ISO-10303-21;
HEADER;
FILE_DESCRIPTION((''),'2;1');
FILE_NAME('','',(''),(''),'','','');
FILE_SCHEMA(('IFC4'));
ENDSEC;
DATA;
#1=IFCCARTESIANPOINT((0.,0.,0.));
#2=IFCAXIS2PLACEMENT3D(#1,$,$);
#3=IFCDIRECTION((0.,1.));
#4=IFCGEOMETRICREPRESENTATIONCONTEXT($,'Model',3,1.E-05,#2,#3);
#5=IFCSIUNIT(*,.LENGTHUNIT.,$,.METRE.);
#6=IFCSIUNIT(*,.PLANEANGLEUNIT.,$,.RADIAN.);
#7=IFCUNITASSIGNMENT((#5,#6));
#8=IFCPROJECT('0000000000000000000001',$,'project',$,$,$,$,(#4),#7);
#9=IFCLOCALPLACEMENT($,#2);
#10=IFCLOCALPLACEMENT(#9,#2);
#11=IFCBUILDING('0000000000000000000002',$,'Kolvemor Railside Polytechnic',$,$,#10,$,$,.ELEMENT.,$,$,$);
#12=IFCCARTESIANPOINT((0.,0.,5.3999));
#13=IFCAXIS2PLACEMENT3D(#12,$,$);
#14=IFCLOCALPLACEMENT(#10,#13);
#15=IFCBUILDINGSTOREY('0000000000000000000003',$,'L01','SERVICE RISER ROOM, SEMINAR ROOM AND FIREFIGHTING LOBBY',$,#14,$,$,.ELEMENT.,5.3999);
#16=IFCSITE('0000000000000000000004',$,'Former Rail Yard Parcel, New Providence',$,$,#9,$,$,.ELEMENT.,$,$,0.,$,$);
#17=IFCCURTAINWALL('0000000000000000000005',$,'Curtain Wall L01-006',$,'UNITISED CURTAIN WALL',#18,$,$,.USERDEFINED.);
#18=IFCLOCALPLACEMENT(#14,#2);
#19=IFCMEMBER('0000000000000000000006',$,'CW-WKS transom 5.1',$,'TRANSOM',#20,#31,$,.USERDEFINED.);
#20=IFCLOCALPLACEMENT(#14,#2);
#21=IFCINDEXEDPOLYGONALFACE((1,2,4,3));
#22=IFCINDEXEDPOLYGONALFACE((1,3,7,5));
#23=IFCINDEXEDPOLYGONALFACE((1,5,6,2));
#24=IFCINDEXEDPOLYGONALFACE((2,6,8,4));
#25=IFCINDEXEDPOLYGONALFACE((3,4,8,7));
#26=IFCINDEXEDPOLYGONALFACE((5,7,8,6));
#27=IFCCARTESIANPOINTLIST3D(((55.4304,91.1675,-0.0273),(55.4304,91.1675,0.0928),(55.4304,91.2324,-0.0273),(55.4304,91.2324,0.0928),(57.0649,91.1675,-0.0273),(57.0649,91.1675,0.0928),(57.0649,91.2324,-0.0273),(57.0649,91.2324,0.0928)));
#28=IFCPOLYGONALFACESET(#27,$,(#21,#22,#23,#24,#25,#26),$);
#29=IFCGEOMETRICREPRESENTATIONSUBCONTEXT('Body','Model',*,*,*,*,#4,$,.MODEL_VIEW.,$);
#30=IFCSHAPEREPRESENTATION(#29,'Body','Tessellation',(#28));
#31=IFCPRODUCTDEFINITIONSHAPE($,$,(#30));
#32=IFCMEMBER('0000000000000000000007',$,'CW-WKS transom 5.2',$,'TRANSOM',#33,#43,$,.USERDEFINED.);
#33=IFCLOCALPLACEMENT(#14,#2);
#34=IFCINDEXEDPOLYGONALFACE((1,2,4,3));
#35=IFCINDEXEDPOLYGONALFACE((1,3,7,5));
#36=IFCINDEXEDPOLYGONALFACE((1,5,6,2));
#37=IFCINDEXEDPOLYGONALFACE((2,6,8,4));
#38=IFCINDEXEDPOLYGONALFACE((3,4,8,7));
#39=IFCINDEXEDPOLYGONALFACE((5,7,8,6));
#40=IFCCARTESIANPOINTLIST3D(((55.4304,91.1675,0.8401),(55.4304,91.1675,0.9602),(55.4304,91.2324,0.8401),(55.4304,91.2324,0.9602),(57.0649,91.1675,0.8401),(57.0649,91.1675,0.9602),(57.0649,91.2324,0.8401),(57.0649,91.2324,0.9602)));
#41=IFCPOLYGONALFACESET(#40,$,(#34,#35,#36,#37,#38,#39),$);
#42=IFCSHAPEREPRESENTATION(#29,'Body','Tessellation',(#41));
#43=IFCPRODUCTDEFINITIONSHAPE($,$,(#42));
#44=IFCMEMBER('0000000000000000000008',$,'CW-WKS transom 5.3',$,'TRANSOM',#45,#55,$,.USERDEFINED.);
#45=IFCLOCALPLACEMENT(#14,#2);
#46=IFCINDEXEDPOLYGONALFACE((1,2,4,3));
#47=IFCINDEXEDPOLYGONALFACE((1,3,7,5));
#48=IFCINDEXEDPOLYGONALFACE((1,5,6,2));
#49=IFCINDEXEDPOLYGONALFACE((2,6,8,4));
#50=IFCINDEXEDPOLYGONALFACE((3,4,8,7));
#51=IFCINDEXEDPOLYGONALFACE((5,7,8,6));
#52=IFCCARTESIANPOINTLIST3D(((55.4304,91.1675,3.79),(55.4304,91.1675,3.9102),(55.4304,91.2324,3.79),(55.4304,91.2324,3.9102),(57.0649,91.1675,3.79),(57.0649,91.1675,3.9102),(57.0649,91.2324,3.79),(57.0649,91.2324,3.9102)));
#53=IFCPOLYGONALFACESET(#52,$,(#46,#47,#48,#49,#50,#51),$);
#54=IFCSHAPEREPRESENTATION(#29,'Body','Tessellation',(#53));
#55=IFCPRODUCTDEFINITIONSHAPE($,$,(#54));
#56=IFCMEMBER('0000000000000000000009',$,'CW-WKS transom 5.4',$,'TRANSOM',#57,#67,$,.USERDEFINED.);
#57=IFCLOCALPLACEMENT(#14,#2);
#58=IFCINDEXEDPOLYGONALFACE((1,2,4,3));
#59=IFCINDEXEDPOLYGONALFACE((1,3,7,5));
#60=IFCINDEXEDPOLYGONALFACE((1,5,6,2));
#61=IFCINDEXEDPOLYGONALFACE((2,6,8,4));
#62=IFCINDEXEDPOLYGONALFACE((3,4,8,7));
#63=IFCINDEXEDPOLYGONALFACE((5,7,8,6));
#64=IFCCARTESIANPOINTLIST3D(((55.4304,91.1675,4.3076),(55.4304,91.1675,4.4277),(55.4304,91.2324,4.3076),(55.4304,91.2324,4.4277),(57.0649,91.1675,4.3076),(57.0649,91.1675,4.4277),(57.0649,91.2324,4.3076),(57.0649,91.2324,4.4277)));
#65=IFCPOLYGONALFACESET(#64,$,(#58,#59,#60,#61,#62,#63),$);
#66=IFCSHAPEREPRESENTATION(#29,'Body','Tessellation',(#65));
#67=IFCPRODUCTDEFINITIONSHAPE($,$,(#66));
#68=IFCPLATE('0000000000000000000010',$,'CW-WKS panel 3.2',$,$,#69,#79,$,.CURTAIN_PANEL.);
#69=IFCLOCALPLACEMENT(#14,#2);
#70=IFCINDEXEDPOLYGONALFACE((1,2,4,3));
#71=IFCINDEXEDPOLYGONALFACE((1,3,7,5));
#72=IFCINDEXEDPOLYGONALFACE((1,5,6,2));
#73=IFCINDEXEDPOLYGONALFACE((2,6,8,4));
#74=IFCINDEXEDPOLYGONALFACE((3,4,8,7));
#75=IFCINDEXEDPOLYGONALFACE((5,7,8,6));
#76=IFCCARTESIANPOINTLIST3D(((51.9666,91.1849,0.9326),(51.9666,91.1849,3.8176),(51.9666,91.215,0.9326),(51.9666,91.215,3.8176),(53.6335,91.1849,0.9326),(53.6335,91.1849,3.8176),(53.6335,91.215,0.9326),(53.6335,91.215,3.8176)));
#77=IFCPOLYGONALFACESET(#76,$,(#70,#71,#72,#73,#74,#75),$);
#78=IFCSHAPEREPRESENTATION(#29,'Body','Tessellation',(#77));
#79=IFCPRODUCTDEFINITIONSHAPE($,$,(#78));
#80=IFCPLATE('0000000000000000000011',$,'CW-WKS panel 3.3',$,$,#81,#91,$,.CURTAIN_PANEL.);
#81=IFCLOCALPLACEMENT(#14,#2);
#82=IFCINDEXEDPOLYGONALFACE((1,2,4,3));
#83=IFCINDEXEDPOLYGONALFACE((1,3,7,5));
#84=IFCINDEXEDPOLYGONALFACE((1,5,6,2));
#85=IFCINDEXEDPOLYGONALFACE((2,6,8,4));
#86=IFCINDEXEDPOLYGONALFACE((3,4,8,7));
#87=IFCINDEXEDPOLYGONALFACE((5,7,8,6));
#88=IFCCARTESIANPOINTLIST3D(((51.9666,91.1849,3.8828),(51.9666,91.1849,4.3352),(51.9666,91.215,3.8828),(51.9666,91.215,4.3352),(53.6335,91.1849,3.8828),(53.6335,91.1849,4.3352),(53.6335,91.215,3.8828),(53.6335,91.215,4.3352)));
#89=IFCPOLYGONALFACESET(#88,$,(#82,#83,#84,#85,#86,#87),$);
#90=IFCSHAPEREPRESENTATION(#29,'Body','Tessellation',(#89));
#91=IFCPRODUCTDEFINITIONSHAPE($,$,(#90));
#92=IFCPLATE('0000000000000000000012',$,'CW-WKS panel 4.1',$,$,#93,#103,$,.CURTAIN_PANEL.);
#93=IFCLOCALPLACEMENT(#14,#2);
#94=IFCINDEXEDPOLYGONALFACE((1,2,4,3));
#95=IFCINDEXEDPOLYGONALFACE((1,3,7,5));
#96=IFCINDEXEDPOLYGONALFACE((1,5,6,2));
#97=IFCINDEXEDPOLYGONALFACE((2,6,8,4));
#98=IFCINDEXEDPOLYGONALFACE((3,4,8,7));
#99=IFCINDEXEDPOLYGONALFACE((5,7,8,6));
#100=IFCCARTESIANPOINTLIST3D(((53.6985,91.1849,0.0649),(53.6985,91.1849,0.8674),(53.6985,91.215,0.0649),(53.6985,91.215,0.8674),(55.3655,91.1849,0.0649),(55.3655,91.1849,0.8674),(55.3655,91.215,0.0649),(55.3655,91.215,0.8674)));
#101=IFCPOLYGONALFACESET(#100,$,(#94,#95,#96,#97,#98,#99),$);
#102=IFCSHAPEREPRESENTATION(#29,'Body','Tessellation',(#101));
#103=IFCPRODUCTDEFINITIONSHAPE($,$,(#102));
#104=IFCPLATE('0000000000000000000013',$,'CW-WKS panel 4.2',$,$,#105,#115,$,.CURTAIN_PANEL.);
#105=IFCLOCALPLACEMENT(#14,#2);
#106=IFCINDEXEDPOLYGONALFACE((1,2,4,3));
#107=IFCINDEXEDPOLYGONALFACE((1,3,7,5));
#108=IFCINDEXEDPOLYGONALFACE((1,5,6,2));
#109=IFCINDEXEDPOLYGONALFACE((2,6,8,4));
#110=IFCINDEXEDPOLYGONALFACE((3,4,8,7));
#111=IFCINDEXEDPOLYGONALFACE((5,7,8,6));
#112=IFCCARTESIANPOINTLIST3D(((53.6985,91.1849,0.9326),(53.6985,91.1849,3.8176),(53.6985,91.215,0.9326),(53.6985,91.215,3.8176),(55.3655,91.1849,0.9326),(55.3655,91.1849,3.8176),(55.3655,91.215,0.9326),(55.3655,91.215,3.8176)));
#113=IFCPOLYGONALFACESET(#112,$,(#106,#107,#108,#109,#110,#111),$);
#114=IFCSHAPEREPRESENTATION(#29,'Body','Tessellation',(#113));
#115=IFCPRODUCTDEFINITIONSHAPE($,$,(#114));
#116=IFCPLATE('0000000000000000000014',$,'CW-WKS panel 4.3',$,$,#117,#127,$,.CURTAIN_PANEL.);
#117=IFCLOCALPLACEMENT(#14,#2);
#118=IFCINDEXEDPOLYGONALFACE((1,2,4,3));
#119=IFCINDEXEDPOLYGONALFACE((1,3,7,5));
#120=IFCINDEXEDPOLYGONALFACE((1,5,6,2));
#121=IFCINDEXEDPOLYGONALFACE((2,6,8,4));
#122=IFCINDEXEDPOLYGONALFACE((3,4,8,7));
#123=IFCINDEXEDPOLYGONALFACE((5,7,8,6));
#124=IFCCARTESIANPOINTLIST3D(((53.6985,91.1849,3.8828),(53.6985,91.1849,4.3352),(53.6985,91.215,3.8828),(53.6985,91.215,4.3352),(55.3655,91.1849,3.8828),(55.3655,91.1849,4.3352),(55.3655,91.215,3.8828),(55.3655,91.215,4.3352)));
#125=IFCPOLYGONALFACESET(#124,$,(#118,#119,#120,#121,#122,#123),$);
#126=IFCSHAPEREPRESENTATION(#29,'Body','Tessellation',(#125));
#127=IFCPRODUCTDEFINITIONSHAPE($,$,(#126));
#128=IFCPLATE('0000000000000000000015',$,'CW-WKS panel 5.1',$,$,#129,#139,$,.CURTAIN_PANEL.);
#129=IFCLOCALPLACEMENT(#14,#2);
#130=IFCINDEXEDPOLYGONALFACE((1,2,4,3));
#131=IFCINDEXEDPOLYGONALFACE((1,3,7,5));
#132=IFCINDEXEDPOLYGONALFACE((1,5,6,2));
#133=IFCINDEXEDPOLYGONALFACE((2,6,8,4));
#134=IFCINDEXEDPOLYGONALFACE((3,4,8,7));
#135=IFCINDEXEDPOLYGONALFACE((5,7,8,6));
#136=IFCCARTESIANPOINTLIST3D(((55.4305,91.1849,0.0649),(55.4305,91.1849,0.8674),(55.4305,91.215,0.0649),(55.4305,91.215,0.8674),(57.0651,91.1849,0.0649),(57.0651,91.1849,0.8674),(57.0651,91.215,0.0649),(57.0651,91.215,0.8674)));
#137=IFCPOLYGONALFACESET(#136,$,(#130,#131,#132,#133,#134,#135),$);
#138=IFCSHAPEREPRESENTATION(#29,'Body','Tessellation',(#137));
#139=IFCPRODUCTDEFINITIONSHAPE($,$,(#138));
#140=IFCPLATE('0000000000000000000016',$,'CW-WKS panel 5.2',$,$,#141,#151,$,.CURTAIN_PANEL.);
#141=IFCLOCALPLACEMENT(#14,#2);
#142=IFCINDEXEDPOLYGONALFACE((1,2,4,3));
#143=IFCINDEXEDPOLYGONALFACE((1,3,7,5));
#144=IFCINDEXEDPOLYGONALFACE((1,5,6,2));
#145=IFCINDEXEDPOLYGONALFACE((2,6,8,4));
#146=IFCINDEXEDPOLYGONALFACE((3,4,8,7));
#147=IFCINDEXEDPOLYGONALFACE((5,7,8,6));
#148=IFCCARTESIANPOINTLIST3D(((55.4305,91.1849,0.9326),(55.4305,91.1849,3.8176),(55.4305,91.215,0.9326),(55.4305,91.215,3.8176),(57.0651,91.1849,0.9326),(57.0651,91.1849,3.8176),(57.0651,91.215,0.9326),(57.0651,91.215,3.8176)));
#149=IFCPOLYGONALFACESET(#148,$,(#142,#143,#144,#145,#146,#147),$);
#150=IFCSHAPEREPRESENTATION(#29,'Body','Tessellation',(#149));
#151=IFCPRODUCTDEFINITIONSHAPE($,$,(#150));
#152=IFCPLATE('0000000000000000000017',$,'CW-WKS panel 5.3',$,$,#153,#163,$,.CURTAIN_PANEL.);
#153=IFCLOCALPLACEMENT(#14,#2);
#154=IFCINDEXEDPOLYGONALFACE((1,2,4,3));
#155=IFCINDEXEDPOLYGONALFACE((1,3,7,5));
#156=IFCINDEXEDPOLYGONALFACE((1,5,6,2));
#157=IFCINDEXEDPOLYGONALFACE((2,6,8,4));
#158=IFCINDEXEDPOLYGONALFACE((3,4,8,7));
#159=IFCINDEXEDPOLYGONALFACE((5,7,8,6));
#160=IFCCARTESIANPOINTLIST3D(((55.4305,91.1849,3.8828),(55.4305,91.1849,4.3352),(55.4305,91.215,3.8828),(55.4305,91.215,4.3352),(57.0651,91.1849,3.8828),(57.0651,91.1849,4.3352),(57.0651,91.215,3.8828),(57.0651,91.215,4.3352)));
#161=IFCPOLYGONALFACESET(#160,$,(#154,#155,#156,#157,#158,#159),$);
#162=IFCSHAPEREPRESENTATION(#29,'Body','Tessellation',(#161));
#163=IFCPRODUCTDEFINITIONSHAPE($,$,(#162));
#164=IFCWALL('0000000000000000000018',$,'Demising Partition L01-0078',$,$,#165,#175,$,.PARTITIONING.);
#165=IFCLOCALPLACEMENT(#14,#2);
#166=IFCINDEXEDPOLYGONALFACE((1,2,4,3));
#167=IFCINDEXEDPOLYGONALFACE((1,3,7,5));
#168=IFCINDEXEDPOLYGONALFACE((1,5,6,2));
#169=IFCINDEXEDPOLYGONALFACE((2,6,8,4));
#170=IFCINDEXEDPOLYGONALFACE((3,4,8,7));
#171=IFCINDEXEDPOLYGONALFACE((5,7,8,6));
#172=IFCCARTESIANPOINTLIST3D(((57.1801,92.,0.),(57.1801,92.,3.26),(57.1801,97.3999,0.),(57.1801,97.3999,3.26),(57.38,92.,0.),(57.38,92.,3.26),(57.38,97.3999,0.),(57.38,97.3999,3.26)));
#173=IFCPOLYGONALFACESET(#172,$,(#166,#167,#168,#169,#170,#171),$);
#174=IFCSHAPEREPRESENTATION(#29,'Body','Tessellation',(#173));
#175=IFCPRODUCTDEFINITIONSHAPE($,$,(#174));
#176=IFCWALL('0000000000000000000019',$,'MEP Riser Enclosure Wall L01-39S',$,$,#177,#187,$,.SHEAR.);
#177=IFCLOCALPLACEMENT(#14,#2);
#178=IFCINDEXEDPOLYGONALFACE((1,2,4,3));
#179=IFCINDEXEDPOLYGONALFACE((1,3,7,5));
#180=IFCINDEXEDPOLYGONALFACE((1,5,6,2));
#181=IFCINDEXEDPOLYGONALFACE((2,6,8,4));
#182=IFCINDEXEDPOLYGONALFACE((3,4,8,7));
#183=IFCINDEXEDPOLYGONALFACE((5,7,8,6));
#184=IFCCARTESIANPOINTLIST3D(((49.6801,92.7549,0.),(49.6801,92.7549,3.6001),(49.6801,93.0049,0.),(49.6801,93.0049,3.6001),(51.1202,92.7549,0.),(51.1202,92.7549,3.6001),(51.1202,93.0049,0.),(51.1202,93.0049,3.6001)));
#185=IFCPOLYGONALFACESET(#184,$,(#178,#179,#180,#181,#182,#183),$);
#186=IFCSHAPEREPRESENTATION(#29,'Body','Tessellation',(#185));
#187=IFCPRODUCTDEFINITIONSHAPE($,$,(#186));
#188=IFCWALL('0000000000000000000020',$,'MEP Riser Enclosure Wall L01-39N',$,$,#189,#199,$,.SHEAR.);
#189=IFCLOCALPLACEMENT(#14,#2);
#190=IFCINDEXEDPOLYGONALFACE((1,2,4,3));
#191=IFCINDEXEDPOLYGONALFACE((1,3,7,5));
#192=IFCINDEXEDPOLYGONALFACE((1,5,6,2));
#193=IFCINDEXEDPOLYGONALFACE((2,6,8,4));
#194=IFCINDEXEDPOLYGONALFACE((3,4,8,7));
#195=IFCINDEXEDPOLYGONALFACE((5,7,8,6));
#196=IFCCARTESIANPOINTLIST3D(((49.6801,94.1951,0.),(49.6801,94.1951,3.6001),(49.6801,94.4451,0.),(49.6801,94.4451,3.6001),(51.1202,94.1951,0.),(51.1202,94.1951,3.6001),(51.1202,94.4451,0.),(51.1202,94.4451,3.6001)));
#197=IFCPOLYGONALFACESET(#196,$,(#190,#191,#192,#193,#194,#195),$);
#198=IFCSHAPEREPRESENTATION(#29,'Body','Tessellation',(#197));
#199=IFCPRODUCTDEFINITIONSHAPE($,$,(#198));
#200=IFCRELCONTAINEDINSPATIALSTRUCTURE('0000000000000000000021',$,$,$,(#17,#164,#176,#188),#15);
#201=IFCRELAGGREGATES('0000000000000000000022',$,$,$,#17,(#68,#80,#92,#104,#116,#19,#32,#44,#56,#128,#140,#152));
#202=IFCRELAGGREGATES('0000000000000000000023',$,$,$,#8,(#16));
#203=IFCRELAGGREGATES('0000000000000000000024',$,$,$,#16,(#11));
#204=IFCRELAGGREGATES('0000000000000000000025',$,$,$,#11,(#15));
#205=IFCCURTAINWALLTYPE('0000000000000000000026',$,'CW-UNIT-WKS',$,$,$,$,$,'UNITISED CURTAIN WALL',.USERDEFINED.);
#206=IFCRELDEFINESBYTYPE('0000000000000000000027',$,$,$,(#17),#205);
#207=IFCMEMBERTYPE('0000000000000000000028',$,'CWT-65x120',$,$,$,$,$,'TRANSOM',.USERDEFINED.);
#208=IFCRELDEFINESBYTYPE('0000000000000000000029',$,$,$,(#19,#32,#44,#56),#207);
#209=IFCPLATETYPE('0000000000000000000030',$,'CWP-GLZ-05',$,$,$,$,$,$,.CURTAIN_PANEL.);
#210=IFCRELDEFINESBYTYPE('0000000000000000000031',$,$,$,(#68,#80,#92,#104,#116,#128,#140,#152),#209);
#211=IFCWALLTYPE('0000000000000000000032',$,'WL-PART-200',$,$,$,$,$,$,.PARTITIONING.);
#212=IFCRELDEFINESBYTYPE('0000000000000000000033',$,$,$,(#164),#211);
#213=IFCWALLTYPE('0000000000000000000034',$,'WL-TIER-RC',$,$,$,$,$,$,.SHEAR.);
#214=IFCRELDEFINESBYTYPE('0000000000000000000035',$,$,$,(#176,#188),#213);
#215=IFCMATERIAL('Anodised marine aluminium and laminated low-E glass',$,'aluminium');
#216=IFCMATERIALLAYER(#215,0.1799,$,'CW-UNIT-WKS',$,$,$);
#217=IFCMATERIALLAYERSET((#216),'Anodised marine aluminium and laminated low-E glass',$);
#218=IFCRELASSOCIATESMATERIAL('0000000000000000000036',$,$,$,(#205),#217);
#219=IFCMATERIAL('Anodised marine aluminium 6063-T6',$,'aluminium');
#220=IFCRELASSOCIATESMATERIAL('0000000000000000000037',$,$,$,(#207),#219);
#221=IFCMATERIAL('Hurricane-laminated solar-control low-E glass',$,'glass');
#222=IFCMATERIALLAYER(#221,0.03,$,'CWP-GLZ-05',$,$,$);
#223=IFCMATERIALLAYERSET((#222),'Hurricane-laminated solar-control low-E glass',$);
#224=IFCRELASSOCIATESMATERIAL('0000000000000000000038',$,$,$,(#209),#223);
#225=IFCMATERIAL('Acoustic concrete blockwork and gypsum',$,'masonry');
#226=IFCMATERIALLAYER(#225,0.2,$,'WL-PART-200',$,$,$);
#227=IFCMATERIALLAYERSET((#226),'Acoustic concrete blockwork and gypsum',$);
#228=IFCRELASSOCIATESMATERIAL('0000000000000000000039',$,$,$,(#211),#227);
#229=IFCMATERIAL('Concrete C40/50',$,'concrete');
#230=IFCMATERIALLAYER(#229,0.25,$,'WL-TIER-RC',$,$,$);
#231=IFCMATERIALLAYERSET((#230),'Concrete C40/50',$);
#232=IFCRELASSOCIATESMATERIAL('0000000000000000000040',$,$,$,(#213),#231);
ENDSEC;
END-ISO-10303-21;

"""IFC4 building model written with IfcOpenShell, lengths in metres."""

from ifc_helpers import new_model, si_unit, direction, frame, frame_2d, origin, origin_2d, place, context, subcontext, project, spatial, rectangle, extrude, material, layer, layer_set, material_profile, profile_set, type_object, element, aggregate, save


model = new_model("IFC4")

# Units and contexts
model_context = context("Model", 3, precision=1e-05, world=origin(), true_north=direction((0.0, 1.0)))
body_context = subcontext(model_context, "Body", "Model", "MODEL_VIEW")
ifc_project = project(units=[si_unit("LENGTHUNIT", "METRE"), si_unit("PLANEANGLEUNIT", "RADIAN")], contexts=[model_context])

# Site, building, storey
site_placement = place(None, origin())
site = spatial("IfcSite", under=ifc_project, at=site_placement, Name="Former Rail Yard Parcel, New Providence", CompositionType="ELEMENT", RefElevation=0.0)
building_placement = place(site_placement, origin())
building = spatial("IfcBuilding", under=site, at=building_placement, Name="Kolvemor Railside Polytechnic", CompositionType="ELEMENT")
storey_placement = place(building_placement, frame((0.0, 0.0, 5.3999)))
storey = spatial("IfcBuildingStorey", under=building, at=storey_placement, Name="L01", Description="SERVICE RISER ROOM, SEMINAR ROOM AND FIREFIGHTING LOBBY", CompositionType="ELEMENT", Elevation=5.3999)

# Curtain wall
ifc_material_1 = material(Name="Anodised marine aluminium and laminated low-E glass", Category="aluminium")
ifc_layer_1 = layer(ifc_material_1, 0.1799, Name="CW-UNIT-WKS")
ifc_layer_set_1 = layer_set([ifc_layer_1], Name="Anodised marine aluminium and laminated low-E glass")
curtain_wall_type = type_object("IfcCurtainWallType", Name="CW-UNIT-WKS", ElementType="UNITISED CURTAIN WALL", PredefinedType="USERDEFINED", material=ifc_layer_set_1)
curtain_wall_1_placement = place(storey_placement, origin())
curtain_wall_1 = element("IfcCurtainWall", 1, at=curtain_wall_1_placement, inside=storey, type_object=curtain_wall_type, Name="Curtain Wall L01-006", ObjectType="UNITISED CURTAIN WALL", PredefinedType="USERDEFINED")

# Members
ifc_material_2 = material(Name="Anodised marine aluminium 6063-T6", Category="aluminium")
ifc_material_profile_1 = material_profile(ifc_material_2, rectangle(XDim=0.0649, YDim=0.1201, at=origin_2d()), Name="CW-TRN-65x120")
ifc_profile_set_1 = profile_set([ifc_material_profile_1], Name="Anodised marine aluminium 6063-T6")
member_type_1 = type_object("IfcMemberType", Name="CWT-65x120", ElementType="TRANSOM", PredefinedType="USERDEFINED", material=ifc_profile_set_1)
member_1_placement = place(storey_placement, frame((55.4304, 91.2, 0.0327), z_axis=(1.0, 0.0, 0.0), x_axis=(0.0, 1.0, 0.0)))
member_1 = element("IfcMember", 2, at=member_1_placement, type_object=member_type_1, Name="CW-WKS transom 5.1", ObjectType="TRANSOM", PredefinedType="USERDEFINED", context=body_context, shape_type="SweptSolid", body=[
    extrude(rectangle(XDim=0.0649, YDim=0.1201, at=origin_2d()), origin(), (0.0, 0.0, 1.0), 1.6345),
])
member_2_placement = place(storey_placement, frame((55.4304, 91.2, 0.9001), z_axis=(1.0, 0.0, 0.0), x_axis=(0.0, 1.0, 0.0)))
member_2 = element("IfcMember", 3, at=member_2_placement, type_object=member_type_1, Name="CW-WKS transom 5.2", ObjectType="TRANSOM", PredefinedType="USERDEFINED", context=body_context, shape_type="SweptSolid", body=[
    extrude(rectangle(XDim=0.0649, YDim=0.1201, at=origin_2d()), origin(), (0.0, 0.0, 1.0), 1.6345),
])
member_3_placement = place(storey_placement, frame((55.4304, 91.2, 3.8501), z_axis=(1.0, 0.0, 0.0), x_axis=(0.0, 1.0, 0.0)))
member_3 = element("IfcMember", 4, at=member_3_placement, type_object=member_type_1, Name="CW-WKS transom 5.3", ObjectType="TRANSOM", PredefinedType="USERDEFINED", context=body_context, shape_type="SweptSolid", body=[
    extrude(rectangle(XDim=0.0649, YDim=0.1201, at=origin_2d()), origin(), (0.0, 0.0, 1.0), 1.6345),
])
member_4_placement = place(storey_placement, frame((55.4304, 91.2, 4.3677), z_axis=(1.0, 0.0, 0.0), x_axis=(0.0, 1.0, 0.0)))
member_4 = element("IfcMember", 5, at=member_4_placement, type_object=member_type_1, Name="CW-WKS transom 5.4", ObjectType="TRANSOM", PredefinedType="USERDEFINED", context=body_context, shape_type="SweptSolid", body=[
    extrude(rectangle(XDim=0.0649, YDim=0.1201, at=origin_2d()), origin(), (0.0, 0.0, 1.0), 1.6345),
])

# Plates
ifc_material_3 = material(Name="Hurricane-laminated solar-control low-E glass", Category="glass")
ifc_layer_2 = layer(ifc_material_3, 0.03, Name="CWP-GLZ-05")
ifc_layer_set_2 = layer_set([ifc_layer_2], Name="Hurricane-laminated solar-control low-E glass")
plate_type = type_object("IfcPlateType", Name="CWP-GLZ-05", PredefinedType="CURTAIN_PANEL", material=ifc_layer_set_2)
plate_1_placement = place(storey_placement, frame((52.8, 91.2, 0.9326), z_axis=(0.0, 0.0, 1.0), x_axis=(1.0, 0.0, 0.0)))
plate_1 = element("IfcPlate", 6, at=plate_1_placement, type_object=plate_type, Name="CW-WKS panel 3.2", PredefinedType="CURTAIN_PANEL", context=body_context, shape_type="SweptSolid", body=[
    extrude(rectangle(XDim=1.667, YDim=0.03, at=origin_2d()), origin(), (0.0, 0.0, 1.0), 2.885),
])
plate_2_placement = place(storey_placement, frame((52.8, 91.2, 3.8828), z_axis=(0.0, 0.0, 1.0), x_axis=(1.0, 0.0, 0.0)))
plate_2 = element("IfcPlate", 7, at=plate_2_placement, type_object=plate_type, Name="CW-WKS panel 3.3", PredefinedType="CURTAIN_PANEL", context=body_context, shape_type="SweptSolid", body=[
    extrude(rectangle(XDim=1.667, YDim=0.03, at=origin_2d()), origin(), (0.0, 0.0, 1.0), 0.4524),
])
plate_3_placement = place(storey_placement, frame((54.532, 91.2, 0.0649), z_axis=(0.0, 0.0, 1.0), x_axis=(1.0, 0.0, 0.0)))
plate_3 = element("IfcPlate", 8, at=plate_3_placement, type_object=plate_type, Name="CW-WKS panel 4.1", PredefinedType="CURTAIN_PANEL", context=body_context, shape_type="SweptSolid", body=[
    extrude(rectangle(XDim=1.667, YDim=0.03, at=origin_2d()), origin(), (0.0, 0.0, 1.0), 0.8025),
])
plate_4_placement = place(storey_placement, frame((54.532, 91.2, 0.9326), z_axis=(0.0, 0.0, 1.0), x_axis=(1.0, 0.0, 0.0)))
plate_4 = element("IfcPlate", 9, at=plate_4_placement, type_object=plate_type, Name="CW-WKS panel 4.2", PredefinedType="CURTAIN_PANEL", context=body_context, shape_type="SweptSolid", body=[
    extrude(rectangle(XDim=1.667, YDim=0.03, at=origin_2d()), origin(), (0.0, 0.0, 1.0), 2.885),
])
plate_5_placement = place(storey_placement, frame((54.532, 91.2, 3.8828), z_axis=(0.0, 0.0, 1.0), x_axis=(1.0, 0.0, 0.0)))
plate_5 = element("IfcPlate", 10, at=plate_5_placement, type_object=plate_type, Name="CW-WKS panel 4.3", PredefinedType="CURTAIN_PANEL", context=body_context, shape_type="SweptSolid", body=[
    extrude(rectangle(XDim=1.667, YDim=0.03, at=origin_2d()), origin(), (0.0, 0.0, 1.0), 0.4524),
])
plate_6_placement = place(storey_placement, frame((56.2478, 91.2, 0.0649), z_axis=(0.0, 0.0, 1.0), x_axis=(1.0, 0.0, 0.0)))
plate_6 = element("IfcPlate", 11, at=plate_6_placement, type_object=plate_type, Name="CW-WKS panel 5.1", PredefinedType="CURTAIN_PANEL", context=body_context, shape_type="SweptSolid", body=[
    extrude(rectangle(XDim=1.6345, YDim=0.03, at=origin_2d()), origin(), (0.0, 0.0, 1.0), 0.8025),
])
plate_7_placement = place(storey_placement, frame((56.2478, 91.2, 0.9326), z_axis=(0.0, 0.0, 1.0), x_axis=(1.0, 0.0, 0.0)))
plate_7 = element("IfcPlate", 12, at=plate_7_placement, type_object=plate_type, Name="CW-WKS panel 5.2", PredefinedType="CURTAIN_PANEL", context=body_context, shape_type="SweptSolid", body=[
    extrude(rectangle(XDim=1.6345, YDim=0.03, at=origin_2d()), origin(), (0.0, 0.0, 1.0), 2.885),
])
plate_8_placement = place(storey_placement, frame((56.2478, 91.2, 3.8828), z_axis=(0.0, 0.0, 1.0), x_axis=(1.0, 0.0, 0.0)))
plate_8 = element("IfcPlate", 13, at=plate_8_placement, type_object=plate_type, Name="CW-WKS panel 5.3", PredefinedType="CURTAIN_PANEL", context=body_context, shape_type="SweptSolid", body=[
    extrude(rectangle(XDim=1.6345, YDim=0.03, at=origin_2d()), origin(), (0.0, 0.0, 1.0), 0.4524),
])
aggregate(curtain_wall_1, [plate_1, plate_2, plate_3, plate_4, plate_5, member_1, member_2, member_3, member_4, plate_6, plate_7, plate_8])

# Walls
ifc_material_4 = material(Name="Acoustic concrete blockwork and gypsum", Category="masonry")
ifc_layer_3 = layer(ifc_material_4, 0.2, Name="WL-PART-200")
ifc_layer_set_3 = layer_set([ifc_layer_3], Name="Acoustic concrete blockwork and gypsum")
wall_type_1 = type_object("IfcWallType", Name="WL-PART-200", PredefinedType="PARTITIONING", material=ifc_layer_set_3)
wall_placement = place(storey_placement, frame((57.28, 92.0, 0.0), z_axis=(0.0, 0.0, 1.0), x_axis=(0.0, 1.0, 0.0)))
element("IfcWall", 14, at=wall_placement, inside=storey, type_object=wall_type_1, Name="Demising Partition L01-0078", PredefinedType="PARTITIONING", context=body_context, shape_type="SweptSolid", body=[
    extrude(rectangle(XDim=5.3999, YDim=0.2, at=frame_2d((2.7, 0.0))), origin(), (0.0, 0.0, 1.0), 3.26),
])
ifc_material_5 = material(Name="Concrete C40/50", Category="concrete")
ifc_layer_4 = layer(ifc_material_5, 0.25, Name="WL-TIER-RC")
ifc_layer_set_4 = layer_set([ifc_layer_4], Name="Concrete C40/50")
wall_type_2 = type_object("IfcWallType", Name="WL-TIER-RC", PredefinedType="SHEAR", material=ifc_layer_set_4)
for number, where, z_axis, x_axis, name in (
    (15, (49.6799, 92.8799, 0.0), (0.0, 0.0, 1.0), (1.0, 0.0, 0.0), "MEP Riser Enclosure Wall L01-39S"),
    (16, (49.6799, 94.3201, 0.0), (0.0, 0.0, 1.0), (1.0, 0.0, 0.0), "MEP Riser Enclosure Wall L01-39N"),
):
    element("IfcWall", number, at=place(storey_placement, frame(where, z_axis=z_axis, x_axis=x_axis)), inside=storey, type_object=wall_type_2, Name=name, PredefinedType="SHEAR", context=body_context, shape_type="SweptSolid", body=[
        extrude(rectangle(XDim=1.4402, YDim=0.25, at=frame_2d((0.7202, 0.0))), origin(), (0.0, 0.0, 1.0), 3.6001),
    ])

save(model, "model.ifc")
